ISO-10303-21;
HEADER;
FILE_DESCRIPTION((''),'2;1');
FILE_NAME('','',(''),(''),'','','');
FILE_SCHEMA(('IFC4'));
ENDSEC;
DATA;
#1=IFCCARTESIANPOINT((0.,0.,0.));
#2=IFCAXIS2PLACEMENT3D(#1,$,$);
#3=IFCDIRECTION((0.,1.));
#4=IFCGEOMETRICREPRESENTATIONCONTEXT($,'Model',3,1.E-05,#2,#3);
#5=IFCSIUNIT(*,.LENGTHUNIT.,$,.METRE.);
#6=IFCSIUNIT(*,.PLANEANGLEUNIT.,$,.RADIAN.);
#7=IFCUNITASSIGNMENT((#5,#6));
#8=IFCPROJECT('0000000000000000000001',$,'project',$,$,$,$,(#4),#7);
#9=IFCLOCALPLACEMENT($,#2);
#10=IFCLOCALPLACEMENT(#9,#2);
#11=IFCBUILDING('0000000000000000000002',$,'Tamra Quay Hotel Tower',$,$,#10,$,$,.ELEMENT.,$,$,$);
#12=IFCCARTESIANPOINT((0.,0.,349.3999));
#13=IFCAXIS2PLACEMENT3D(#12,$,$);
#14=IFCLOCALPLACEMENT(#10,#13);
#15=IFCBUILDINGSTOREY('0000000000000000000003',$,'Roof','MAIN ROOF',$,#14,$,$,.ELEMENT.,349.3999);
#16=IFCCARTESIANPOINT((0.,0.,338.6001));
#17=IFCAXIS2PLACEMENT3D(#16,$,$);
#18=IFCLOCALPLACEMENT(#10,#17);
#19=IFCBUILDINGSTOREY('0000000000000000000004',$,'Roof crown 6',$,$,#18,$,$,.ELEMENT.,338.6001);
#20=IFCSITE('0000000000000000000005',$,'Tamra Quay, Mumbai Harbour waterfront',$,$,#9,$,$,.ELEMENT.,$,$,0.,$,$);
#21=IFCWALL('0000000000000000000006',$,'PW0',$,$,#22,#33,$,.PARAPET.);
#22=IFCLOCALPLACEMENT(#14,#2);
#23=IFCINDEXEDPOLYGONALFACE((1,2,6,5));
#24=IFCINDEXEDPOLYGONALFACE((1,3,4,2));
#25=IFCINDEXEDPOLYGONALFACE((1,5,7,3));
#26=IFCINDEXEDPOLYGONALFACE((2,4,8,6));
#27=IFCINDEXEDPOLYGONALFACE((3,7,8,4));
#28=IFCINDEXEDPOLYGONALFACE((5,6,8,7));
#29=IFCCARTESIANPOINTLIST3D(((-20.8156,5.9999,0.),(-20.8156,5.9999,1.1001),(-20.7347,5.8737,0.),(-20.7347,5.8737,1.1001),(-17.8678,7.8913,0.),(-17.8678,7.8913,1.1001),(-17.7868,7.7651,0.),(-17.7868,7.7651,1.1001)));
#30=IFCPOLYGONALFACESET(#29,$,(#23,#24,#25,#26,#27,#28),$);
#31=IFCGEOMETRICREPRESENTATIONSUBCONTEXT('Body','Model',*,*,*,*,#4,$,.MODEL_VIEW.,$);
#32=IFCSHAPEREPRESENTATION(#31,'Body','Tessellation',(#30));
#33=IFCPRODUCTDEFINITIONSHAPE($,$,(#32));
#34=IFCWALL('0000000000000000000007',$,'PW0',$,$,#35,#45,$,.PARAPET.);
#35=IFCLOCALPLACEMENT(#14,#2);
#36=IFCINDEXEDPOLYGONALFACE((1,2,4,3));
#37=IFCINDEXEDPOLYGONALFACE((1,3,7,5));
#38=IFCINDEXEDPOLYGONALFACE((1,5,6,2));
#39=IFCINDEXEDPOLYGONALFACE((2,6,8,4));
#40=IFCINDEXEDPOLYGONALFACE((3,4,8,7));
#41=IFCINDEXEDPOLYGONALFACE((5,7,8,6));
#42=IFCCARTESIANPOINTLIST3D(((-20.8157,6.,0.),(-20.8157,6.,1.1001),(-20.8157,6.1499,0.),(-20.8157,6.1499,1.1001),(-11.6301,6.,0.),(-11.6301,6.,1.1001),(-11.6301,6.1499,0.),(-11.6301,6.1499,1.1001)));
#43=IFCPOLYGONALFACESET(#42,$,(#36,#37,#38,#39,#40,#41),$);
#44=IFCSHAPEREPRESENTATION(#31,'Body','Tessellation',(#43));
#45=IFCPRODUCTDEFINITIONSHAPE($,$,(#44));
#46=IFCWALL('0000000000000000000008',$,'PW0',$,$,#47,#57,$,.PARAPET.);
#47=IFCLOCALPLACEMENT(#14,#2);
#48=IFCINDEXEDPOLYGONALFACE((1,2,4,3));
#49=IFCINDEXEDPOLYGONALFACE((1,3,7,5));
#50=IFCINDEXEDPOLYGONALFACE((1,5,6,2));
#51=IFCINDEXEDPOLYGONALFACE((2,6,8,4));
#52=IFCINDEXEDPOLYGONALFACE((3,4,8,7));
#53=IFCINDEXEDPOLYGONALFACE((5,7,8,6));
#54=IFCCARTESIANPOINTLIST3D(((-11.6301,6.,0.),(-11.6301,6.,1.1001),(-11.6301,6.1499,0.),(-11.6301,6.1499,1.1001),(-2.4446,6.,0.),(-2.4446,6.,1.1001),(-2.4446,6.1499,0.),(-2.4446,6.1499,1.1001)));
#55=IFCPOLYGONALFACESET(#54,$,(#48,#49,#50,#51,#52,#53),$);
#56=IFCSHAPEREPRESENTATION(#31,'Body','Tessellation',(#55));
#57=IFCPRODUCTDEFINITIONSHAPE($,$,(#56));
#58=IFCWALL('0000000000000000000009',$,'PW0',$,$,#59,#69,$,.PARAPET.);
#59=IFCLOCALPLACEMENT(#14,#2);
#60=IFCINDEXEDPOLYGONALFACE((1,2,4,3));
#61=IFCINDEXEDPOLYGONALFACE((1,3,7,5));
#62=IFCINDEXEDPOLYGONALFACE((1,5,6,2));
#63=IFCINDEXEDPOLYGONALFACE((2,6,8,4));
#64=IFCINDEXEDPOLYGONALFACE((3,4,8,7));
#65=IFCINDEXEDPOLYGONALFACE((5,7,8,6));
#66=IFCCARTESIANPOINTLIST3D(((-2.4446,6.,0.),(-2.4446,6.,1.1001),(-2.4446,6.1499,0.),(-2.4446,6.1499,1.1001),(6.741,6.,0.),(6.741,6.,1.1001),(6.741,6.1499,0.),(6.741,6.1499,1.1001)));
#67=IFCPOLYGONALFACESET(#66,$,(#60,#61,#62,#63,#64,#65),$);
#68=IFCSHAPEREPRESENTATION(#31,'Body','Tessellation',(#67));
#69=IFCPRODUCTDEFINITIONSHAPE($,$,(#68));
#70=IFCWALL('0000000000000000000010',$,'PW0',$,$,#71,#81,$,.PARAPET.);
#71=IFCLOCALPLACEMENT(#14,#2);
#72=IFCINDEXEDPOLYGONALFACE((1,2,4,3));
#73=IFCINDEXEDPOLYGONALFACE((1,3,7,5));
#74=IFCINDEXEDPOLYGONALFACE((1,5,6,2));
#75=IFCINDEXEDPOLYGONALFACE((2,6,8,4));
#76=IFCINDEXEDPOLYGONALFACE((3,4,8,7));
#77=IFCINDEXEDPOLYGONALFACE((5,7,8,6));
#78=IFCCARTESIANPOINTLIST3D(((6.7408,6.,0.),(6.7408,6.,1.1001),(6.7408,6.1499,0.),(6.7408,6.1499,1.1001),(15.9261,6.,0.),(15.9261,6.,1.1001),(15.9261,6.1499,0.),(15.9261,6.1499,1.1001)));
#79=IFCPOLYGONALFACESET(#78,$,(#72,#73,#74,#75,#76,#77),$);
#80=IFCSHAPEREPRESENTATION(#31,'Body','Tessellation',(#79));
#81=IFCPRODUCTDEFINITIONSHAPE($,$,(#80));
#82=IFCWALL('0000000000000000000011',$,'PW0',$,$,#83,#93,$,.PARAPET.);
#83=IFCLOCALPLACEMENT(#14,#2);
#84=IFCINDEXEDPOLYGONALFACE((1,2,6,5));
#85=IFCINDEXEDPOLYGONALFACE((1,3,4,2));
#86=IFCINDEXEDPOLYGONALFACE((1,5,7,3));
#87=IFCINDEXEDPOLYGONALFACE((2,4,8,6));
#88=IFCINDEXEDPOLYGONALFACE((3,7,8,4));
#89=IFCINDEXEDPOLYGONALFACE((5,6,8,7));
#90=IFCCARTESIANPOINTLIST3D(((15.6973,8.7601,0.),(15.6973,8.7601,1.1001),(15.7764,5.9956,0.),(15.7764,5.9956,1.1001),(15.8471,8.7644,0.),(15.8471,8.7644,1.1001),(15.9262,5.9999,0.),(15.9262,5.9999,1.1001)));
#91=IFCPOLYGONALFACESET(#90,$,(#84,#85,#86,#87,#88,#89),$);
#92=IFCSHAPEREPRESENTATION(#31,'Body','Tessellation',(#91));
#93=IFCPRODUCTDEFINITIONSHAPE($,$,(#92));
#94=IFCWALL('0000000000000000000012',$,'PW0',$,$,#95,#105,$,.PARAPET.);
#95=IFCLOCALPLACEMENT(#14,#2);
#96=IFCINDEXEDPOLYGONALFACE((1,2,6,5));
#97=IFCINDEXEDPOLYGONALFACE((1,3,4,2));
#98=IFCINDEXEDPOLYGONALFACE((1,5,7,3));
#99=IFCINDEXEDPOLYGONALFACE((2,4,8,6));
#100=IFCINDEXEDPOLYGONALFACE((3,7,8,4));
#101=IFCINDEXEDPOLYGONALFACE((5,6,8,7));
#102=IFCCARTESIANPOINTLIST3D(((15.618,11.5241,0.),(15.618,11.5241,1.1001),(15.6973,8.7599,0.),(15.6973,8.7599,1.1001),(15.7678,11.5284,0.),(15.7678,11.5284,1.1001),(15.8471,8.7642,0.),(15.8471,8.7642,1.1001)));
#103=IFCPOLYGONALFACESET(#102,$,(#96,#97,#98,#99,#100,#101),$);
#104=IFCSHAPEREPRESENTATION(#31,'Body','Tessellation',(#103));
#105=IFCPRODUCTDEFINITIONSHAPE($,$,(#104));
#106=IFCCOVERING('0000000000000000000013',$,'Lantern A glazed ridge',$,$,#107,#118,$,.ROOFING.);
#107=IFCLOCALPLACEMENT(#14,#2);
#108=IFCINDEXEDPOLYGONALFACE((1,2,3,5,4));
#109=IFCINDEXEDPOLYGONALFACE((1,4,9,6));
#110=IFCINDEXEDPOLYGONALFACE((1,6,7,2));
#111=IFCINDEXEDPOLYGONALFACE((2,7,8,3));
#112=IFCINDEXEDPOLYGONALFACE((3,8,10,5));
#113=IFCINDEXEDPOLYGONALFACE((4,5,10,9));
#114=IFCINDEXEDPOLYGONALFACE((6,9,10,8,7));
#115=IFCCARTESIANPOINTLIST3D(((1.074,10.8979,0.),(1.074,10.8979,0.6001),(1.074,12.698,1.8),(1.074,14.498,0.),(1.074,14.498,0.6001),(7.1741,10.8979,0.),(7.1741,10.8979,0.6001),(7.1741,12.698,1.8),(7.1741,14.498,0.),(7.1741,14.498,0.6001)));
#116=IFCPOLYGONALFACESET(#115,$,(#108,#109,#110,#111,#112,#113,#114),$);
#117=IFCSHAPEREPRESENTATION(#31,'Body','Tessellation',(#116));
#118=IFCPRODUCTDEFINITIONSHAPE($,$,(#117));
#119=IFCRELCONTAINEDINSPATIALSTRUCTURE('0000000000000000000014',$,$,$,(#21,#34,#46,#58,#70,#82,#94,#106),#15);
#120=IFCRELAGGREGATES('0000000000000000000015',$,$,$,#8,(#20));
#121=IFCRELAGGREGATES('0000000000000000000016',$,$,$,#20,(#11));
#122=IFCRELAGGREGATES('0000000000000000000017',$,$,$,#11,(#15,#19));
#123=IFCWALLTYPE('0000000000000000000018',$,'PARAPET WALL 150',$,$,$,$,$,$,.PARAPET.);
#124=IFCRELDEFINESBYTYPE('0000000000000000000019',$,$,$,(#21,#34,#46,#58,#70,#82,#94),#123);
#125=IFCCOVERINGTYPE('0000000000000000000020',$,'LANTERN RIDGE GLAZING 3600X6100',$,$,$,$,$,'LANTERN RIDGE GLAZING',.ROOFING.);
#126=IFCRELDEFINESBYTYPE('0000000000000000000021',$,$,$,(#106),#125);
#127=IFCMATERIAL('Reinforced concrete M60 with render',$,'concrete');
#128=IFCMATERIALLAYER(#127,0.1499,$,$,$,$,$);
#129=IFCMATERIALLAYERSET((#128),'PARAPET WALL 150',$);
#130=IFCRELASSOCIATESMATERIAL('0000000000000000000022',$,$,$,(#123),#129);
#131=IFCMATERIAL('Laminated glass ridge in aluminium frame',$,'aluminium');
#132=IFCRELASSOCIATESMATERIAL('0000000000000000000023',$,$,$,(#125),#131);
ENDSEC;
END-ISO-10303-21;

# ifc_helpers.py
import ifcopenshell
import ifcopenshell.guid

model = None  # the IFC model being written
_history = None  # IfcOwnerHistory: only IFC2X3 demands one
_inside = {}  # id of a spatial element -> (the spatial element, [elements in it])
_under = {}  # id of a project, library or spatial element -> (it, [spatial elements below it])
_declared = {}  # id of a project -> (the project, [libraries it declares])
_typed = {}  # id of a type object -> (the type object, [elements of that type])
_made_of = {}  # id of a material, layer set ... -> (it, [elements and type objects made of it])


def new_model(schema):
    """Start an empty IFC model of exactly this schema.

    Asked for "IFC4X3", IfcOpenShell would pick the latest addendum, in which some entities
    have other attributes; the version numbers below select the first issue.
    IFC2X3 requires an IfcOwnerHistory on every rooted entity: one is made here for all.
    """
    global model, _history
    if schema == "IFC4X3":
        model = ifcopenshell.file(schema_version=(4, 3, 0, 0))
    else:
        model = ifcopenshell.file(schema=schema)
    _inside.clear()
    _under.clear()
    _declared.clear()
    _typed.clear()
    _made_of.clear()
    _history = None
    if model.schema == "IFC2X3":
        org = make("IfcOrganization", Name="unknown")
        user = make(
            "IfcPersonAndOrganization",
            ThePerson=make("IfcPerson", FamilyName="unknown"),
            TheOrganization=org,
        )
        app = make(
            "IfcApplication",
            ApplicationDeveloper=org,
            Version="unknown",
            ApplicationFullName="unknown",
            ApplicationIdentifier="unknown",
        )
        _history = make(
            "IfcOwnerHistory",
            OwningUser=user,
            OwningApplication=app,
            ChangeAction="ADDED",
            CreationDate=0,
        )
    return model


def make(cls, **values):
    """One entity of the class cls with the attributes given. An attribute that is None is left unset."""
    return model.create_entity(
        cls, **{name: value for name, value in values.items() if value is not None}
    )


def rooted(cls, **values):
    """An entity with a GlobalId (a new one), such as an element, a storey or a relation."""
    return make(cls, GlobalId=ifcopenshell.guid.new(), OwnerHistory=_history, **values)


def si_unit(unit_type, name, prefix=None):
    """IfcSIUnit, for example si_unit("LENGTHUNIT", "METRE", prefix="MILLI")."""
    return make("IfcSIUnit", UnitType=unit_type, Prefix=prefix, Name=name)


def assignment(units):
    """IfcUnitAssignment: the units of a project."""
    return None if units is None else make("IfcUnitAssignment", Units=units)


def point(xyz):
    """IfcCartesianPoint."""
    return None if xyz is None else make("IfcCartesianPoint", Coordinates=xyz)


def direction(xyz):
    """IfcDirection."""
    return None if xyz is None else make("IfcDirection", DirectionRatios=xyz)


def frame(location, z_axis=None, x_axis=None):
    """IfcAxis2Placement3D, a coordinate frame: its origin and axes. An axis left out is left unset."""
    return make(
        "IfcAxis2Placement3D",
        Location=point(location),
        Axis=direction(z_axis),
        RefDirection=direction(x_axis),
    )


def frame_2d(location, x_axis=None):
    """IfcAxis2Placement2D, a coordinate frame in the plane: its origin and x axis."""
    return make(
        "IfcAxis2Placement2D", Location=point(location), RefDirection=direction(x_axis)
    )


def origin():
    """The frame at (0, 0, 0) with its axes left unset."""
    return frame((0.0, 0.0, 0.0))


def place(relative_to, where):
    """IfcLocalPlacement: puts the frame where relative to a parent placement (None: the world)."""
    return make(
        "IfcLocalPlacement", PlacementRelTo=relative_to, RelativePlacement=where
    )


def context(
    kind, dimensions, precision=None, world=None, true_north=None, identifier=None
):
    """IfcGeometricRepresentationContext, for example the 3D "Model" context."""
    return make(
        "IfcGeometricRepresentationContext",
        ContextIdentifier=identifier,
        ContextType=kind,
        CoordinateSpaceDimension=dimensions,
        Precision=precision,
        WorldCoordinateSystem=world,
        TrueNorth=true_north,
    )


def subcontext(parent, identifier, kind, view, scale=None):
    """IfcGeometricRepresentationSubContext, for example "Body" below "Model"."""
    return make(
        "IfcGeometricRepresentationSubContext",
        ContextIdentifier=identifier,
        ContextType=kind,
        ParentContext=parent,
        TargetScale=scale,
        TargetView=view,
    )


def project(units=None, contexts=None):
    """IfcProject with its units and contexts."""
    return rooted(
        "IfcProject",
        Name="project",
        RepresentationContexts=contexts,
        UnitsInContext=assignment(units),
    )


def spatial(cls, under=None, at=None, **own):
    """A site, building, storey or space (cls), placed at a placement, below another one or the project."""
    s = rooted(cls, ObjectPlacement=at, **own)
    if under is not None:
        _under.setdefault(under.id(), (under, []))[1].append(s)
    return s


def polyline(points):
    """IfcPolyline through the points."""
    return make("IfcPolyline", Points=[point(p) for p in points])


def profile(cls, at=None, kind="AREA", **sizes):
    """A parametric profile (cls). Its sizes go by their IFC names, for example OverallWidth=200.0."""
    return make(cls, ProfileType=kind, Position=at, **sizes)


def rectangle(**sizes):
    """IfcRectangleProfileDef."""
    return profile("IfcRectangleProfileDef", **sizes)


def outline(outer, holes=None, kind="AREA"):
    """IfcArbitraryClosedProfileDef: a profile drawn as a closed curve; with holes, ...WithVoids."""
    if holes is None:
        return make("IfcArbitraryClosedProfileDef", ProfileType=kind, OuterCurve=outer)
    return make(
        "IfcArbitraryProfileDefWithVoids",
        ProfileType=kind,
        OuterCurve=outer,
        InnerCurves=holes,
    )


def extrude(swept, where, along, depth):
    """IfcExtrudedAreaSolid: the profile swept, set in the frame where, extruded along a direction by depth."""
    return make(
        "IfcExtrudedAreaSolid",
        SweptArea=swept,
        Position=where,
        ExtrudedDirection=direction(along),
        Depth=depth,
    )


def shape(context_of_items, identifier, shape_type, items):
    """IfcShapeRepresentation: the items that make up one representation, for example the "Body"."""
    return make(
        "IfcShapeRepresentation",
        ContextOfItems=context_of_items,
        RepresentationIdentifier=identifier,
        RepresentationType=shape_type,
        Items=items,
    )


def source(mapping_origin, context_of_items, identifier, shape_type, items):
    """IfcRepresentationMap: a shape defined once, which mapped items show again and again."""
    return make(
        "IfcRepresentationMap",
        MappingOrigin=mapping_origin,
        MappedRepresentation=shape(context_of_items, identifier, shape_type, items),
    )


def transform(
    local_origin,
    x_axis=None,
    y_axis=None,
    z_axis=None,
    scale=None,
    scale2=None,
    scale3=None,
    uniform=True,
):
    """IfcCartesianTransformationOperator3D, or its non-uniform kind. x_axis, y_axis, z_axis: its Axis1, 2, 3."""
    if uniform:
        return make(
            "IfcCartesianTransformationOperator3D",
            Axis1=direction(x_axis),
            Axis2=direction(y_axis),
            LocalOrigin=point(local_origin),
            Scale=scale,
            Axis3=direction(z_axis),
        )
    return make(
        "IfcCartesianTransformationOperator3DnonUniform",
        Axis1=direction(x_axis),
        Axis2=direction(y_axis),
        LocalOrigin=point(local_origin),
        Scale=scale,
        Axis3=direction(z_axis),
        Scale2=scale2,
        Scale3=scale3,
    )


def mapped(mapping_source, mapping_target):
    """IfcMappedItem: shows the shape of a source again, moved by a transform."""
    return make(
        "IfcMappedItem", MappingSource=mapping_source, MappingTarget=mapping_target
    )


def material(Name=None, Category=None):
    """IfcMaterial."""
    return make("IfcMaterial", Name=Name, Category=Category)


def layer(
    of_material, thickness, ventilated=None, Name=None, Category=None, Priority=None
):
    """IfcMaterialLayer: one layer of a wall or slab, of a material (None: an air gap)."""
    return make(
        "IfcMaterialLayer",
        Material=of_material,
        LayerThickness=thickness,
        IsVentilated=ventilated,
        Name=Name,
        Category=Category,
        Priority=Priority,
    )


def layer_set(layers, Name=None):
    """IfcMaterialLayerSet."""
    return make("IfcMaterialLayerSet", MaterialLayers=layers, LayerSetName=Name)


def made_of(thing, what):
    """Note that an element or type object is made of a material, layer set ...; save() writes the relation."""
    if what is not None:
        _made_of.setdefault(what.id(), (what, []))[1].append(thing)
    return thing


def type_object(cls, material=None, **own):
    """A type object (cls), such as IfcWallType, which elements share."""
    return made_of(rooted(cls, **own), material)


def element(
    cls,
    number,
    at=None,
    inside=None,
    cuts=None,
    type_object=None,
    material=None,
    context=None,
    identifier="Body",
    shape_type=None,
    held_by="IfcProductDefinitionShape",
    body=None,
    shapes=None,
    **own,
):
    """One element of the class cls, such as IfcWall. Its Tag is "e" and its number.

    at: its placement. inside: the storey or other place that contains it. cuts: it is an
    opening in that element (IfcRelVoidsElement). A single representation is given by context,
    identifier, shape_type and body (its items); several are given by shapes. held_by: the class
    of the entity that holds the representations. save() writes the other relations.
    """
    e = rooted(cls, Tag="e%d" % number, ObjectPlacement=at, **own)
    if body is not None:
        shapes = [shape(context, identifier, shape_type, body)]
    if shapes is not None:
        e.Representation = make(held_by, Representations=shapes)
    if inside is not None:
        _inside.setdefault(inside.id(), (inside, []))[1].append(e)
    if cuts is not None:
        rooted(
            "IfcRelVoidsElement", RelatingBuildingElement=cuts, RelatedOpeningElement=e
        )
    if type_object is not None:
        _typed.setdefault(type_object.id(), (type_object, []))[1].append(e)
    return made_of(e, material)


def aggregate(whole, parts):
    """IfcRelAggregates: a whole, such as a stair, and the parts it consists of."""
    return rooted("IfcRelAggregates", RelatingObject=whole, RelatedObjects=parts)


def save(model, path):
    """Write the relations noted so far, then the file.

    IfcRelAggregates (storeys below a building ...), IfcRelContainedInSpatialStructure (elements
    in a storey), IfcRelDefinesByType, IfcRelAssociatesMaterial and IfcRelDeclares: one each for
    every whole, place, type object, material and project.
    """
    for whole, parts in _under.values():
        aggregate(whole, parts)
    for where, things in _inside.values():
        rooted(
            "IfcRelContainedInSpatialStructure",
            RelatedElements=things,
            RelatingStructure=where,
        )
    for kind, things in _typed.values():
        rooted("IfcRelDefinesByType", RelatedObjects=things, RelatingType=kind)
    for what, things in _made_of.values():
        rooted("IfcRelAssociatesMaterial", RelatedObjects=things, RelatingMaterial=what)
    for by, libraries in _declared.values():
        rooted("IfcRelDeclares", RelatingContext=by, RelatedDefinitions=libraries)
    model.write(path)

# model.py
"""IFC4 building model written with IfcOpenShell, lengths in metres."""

from ifc_helpers import new_model, si_unit, direction, frame, frame_2d, origin, place, context, subcontext, project, spatial, polyline, rectangle, outline, extrude, source, transform, mapped, material, layer, layer_set, type_object, element, save


model = new_model("IFC4")

# Units and contexts
model_context = context("Model", 3, precision=1e-05, world=origin(), true_north=direction((0.0, 1.0)))
body_context = subcontext(model_context, "Body", "Model", "MODEL_VIEW")
ifc_project = project(units=[si_unit("LENGTHUNIT", "METRE"), si_unit("PLANEANGLEUNIT", "RADIAN")], contexts=[model_context])

# Site, building, storey
site_placement = place(None, origin())
site = spatial("IfcSite", under=ifc_project, at=site_placement, Name="Tamra Quay, Mumbai Harbour waterfront", CompositionType="ELEMENT", RefElevation=0.0)
building_placement = place(site_placement, origin())
building = spatial("IfcBuilding", under=site, at=building_placement, Name="Tamra Quay Hotel Tower", CompositionType="ELEMENT")
storey_1_placement = place(building_placement, frame((0.0, 0.0, 349.3999)))
storey_1 = spatial("IfcBuildingStorey", under=building, at=storey_1_placement, Name="Roof", Description="MAIN ROOF", CompositionType="ELEMENT", Elevation=349.3999)

# Shared definitions
storey_2_placement = place(building_placement, frame((0.0, 0.0, 338.6001)))
storey_2 = spatial("IfcBuildingStorey", under=building, at=storey_2_placement, Name="Roof crown 6", CompositionType="ELEMENT", Elevation=338.6001)

# Walls
ifc_material_1 = material(Name="Reinforced concrete M60 with render", Category="concrete")
ifc_layer_1 = layer(ifc_material_1, 0.1499)
ifc_layer_set_1 = layer_set([ifc_layer_1], Name="PARAPET WALL 150")
wall_type = type_object("IfcWallType", Name="PARAPET WALL 150", PredefinedType="PARAPET", material=ifc_layer_set_1)
wall_1_placement = place(storey_1_placement, frame((-20.7751, 5.9368, 0.0), z_axis=(0.0, 0.0, 1.0), x_axis=(0.841649, 0.540025, 0.0)))
element("IfcWall", 1, at=wall_1_placement, inside=storey_1, type_object=wall_type, Name="PW0", PredefinedType="PARAPET", context=body_context, shape_type="SweptSolid", body=[
    extrude(rectangle(XDim=3.5024, YDim=0.1499, at=frame_2d((1.7512, 0.0))), origin(), (0.0, 0.0, 1.0), 1.1001),
])
for number, where, z_axis, x_axis, name in (
    (2, (-11.6301, 6.075, 0.0), (0.0, 0.0, 1.0), (-1.0, 0.0, 0.0), "PW0"),
    (3, (-2.4446, 6.075, 0.0), (0.0, 0.0, 1.0), (-1.0, 0.0, 0.0), "PW0"),
    (4, (6.741, 6.075, 0.0), (0.0, 0.0, 1.0), (-1.0, 0.0, 0.0), "PW0"),
):
    element("IfcWall", number, at=place(storey_1_placement, frame(where, z_axis=z_axis, x_axis=x_axis)), inside=storey_1, type_object=wall_type, Name=name, PredefinedType="PARAPET", context=body_context, shape_type="SweptSolid", body=[
        extrude(rectangle(XDim=9.1855, YDim=0.1499, at=frame_2d((4.5928, 0.0))), origin(), (0.0, 0.0, 1.0), 1.1001),
    ])
wall_2_placement = place(storey_1_placement, frame((15.9263, 6.075, 0.0), z_axis=(0.0, 0.0, 1.0), x_axis=(-1.0, 0.0, 0.0)))
element("IfcWall", 5, at=wall_2_placement, inside=storey_1, type_object=wall_type, Name="PW0", PredefinedType="PARAPET", context=body_context, shape_type="SweptSolid", body=[
    extrude(rectangle(XDim=9.1853, YDim=0.1499, at=frame_2d((4.5928, 0.0))), origin(), (0.0, 0.0, 1.0), 1.1001),
])
wall_3_placement = place(storey_1_placement, frame((15.7722, 8.7622, 0.0), z_axis=(0.0, 0.0, 1.0), x_axis=(0.028603, -0.999591, 0.0)))
element("IfcWall", 6, at=wall_3_placement, inside=storey_1, type_object=wall_type, Name="PW0", PredefinedType="PARAPET", context=body_context, shape_type="SweptSolid", body=[
    extrude(rectangle(XDim=2.7656, YDim=0.1499, at=frame_2d((1.3828, 0.0))), origin(), (0.0, 0.0, 1.0), 1.1001),
])
wall_4_placement = place(storey_1_placement, frame((15.6929, 11.5264, 0.0), z_axis=(0.0, 0.0, 1.0), x_axis=(0.028693, -0.999588, 0.0)))
element("IfcWall", 7, at=wall_4_placement, inside=storey_1, type_object=wall_type, Name="PW0", PredefinedType="PARAPET", context=body_context, shape_type="SweptSolid", body=[
    extrude(rectangle(XDim=2.7654, YDim=0.1499, at=frame_2d((1.3828, 0.0))), origin(), (0.0, 0.0, 1.0), 1.1001),
])

# Covering
ifc_material_2 = material(Name="Laminated glass ridge in aluminium frame", Category="aluminium")
covering_type = type_object("IfcCoveringType", Name="LANTERN RIDGE GLAZING 3600X6100", ElementType="LANTERN RIDGE GLAZING", PredefinedType="ROOFING", material=ifc_material_2)
shared_shape = source(origin(), body_context, "Body", "SweptSolid", [
    extrude(outline(polyline([(-1.8, 0.0), (1.8, 0.0), (1.8, 0.6001), (0.0, 1.8), (-1.8, 0.6001), (-1.8, 0.0)])), frame((0.0, 0.0, 0.0), z_axis=(1.0, 0.0, 0.0), x_axis=(0.0, 1.0, 0.0)), (0.0, 0.0, 1.0), 6.1001),
])
covering_placement = place(storey_1_placement, frame((1.074, 12.698, 0.0), z_axis=(0.0, 0.0, 1.0), x_axis=(1.0, 0.0, 0.0)))
element("IfcCovering", 8, at=covering_placement, inside=storey_1, type_object=covering_type, Name="Lantern A glazed ridge", PredefinedType="ROOFING", context=body_context, shape_type="MappedRepresentation", body=[
    mapped(shared_shape, transform((0.0, 0.0, 0.0), scale=1.0)),
])

save(model, "model.ifc")
